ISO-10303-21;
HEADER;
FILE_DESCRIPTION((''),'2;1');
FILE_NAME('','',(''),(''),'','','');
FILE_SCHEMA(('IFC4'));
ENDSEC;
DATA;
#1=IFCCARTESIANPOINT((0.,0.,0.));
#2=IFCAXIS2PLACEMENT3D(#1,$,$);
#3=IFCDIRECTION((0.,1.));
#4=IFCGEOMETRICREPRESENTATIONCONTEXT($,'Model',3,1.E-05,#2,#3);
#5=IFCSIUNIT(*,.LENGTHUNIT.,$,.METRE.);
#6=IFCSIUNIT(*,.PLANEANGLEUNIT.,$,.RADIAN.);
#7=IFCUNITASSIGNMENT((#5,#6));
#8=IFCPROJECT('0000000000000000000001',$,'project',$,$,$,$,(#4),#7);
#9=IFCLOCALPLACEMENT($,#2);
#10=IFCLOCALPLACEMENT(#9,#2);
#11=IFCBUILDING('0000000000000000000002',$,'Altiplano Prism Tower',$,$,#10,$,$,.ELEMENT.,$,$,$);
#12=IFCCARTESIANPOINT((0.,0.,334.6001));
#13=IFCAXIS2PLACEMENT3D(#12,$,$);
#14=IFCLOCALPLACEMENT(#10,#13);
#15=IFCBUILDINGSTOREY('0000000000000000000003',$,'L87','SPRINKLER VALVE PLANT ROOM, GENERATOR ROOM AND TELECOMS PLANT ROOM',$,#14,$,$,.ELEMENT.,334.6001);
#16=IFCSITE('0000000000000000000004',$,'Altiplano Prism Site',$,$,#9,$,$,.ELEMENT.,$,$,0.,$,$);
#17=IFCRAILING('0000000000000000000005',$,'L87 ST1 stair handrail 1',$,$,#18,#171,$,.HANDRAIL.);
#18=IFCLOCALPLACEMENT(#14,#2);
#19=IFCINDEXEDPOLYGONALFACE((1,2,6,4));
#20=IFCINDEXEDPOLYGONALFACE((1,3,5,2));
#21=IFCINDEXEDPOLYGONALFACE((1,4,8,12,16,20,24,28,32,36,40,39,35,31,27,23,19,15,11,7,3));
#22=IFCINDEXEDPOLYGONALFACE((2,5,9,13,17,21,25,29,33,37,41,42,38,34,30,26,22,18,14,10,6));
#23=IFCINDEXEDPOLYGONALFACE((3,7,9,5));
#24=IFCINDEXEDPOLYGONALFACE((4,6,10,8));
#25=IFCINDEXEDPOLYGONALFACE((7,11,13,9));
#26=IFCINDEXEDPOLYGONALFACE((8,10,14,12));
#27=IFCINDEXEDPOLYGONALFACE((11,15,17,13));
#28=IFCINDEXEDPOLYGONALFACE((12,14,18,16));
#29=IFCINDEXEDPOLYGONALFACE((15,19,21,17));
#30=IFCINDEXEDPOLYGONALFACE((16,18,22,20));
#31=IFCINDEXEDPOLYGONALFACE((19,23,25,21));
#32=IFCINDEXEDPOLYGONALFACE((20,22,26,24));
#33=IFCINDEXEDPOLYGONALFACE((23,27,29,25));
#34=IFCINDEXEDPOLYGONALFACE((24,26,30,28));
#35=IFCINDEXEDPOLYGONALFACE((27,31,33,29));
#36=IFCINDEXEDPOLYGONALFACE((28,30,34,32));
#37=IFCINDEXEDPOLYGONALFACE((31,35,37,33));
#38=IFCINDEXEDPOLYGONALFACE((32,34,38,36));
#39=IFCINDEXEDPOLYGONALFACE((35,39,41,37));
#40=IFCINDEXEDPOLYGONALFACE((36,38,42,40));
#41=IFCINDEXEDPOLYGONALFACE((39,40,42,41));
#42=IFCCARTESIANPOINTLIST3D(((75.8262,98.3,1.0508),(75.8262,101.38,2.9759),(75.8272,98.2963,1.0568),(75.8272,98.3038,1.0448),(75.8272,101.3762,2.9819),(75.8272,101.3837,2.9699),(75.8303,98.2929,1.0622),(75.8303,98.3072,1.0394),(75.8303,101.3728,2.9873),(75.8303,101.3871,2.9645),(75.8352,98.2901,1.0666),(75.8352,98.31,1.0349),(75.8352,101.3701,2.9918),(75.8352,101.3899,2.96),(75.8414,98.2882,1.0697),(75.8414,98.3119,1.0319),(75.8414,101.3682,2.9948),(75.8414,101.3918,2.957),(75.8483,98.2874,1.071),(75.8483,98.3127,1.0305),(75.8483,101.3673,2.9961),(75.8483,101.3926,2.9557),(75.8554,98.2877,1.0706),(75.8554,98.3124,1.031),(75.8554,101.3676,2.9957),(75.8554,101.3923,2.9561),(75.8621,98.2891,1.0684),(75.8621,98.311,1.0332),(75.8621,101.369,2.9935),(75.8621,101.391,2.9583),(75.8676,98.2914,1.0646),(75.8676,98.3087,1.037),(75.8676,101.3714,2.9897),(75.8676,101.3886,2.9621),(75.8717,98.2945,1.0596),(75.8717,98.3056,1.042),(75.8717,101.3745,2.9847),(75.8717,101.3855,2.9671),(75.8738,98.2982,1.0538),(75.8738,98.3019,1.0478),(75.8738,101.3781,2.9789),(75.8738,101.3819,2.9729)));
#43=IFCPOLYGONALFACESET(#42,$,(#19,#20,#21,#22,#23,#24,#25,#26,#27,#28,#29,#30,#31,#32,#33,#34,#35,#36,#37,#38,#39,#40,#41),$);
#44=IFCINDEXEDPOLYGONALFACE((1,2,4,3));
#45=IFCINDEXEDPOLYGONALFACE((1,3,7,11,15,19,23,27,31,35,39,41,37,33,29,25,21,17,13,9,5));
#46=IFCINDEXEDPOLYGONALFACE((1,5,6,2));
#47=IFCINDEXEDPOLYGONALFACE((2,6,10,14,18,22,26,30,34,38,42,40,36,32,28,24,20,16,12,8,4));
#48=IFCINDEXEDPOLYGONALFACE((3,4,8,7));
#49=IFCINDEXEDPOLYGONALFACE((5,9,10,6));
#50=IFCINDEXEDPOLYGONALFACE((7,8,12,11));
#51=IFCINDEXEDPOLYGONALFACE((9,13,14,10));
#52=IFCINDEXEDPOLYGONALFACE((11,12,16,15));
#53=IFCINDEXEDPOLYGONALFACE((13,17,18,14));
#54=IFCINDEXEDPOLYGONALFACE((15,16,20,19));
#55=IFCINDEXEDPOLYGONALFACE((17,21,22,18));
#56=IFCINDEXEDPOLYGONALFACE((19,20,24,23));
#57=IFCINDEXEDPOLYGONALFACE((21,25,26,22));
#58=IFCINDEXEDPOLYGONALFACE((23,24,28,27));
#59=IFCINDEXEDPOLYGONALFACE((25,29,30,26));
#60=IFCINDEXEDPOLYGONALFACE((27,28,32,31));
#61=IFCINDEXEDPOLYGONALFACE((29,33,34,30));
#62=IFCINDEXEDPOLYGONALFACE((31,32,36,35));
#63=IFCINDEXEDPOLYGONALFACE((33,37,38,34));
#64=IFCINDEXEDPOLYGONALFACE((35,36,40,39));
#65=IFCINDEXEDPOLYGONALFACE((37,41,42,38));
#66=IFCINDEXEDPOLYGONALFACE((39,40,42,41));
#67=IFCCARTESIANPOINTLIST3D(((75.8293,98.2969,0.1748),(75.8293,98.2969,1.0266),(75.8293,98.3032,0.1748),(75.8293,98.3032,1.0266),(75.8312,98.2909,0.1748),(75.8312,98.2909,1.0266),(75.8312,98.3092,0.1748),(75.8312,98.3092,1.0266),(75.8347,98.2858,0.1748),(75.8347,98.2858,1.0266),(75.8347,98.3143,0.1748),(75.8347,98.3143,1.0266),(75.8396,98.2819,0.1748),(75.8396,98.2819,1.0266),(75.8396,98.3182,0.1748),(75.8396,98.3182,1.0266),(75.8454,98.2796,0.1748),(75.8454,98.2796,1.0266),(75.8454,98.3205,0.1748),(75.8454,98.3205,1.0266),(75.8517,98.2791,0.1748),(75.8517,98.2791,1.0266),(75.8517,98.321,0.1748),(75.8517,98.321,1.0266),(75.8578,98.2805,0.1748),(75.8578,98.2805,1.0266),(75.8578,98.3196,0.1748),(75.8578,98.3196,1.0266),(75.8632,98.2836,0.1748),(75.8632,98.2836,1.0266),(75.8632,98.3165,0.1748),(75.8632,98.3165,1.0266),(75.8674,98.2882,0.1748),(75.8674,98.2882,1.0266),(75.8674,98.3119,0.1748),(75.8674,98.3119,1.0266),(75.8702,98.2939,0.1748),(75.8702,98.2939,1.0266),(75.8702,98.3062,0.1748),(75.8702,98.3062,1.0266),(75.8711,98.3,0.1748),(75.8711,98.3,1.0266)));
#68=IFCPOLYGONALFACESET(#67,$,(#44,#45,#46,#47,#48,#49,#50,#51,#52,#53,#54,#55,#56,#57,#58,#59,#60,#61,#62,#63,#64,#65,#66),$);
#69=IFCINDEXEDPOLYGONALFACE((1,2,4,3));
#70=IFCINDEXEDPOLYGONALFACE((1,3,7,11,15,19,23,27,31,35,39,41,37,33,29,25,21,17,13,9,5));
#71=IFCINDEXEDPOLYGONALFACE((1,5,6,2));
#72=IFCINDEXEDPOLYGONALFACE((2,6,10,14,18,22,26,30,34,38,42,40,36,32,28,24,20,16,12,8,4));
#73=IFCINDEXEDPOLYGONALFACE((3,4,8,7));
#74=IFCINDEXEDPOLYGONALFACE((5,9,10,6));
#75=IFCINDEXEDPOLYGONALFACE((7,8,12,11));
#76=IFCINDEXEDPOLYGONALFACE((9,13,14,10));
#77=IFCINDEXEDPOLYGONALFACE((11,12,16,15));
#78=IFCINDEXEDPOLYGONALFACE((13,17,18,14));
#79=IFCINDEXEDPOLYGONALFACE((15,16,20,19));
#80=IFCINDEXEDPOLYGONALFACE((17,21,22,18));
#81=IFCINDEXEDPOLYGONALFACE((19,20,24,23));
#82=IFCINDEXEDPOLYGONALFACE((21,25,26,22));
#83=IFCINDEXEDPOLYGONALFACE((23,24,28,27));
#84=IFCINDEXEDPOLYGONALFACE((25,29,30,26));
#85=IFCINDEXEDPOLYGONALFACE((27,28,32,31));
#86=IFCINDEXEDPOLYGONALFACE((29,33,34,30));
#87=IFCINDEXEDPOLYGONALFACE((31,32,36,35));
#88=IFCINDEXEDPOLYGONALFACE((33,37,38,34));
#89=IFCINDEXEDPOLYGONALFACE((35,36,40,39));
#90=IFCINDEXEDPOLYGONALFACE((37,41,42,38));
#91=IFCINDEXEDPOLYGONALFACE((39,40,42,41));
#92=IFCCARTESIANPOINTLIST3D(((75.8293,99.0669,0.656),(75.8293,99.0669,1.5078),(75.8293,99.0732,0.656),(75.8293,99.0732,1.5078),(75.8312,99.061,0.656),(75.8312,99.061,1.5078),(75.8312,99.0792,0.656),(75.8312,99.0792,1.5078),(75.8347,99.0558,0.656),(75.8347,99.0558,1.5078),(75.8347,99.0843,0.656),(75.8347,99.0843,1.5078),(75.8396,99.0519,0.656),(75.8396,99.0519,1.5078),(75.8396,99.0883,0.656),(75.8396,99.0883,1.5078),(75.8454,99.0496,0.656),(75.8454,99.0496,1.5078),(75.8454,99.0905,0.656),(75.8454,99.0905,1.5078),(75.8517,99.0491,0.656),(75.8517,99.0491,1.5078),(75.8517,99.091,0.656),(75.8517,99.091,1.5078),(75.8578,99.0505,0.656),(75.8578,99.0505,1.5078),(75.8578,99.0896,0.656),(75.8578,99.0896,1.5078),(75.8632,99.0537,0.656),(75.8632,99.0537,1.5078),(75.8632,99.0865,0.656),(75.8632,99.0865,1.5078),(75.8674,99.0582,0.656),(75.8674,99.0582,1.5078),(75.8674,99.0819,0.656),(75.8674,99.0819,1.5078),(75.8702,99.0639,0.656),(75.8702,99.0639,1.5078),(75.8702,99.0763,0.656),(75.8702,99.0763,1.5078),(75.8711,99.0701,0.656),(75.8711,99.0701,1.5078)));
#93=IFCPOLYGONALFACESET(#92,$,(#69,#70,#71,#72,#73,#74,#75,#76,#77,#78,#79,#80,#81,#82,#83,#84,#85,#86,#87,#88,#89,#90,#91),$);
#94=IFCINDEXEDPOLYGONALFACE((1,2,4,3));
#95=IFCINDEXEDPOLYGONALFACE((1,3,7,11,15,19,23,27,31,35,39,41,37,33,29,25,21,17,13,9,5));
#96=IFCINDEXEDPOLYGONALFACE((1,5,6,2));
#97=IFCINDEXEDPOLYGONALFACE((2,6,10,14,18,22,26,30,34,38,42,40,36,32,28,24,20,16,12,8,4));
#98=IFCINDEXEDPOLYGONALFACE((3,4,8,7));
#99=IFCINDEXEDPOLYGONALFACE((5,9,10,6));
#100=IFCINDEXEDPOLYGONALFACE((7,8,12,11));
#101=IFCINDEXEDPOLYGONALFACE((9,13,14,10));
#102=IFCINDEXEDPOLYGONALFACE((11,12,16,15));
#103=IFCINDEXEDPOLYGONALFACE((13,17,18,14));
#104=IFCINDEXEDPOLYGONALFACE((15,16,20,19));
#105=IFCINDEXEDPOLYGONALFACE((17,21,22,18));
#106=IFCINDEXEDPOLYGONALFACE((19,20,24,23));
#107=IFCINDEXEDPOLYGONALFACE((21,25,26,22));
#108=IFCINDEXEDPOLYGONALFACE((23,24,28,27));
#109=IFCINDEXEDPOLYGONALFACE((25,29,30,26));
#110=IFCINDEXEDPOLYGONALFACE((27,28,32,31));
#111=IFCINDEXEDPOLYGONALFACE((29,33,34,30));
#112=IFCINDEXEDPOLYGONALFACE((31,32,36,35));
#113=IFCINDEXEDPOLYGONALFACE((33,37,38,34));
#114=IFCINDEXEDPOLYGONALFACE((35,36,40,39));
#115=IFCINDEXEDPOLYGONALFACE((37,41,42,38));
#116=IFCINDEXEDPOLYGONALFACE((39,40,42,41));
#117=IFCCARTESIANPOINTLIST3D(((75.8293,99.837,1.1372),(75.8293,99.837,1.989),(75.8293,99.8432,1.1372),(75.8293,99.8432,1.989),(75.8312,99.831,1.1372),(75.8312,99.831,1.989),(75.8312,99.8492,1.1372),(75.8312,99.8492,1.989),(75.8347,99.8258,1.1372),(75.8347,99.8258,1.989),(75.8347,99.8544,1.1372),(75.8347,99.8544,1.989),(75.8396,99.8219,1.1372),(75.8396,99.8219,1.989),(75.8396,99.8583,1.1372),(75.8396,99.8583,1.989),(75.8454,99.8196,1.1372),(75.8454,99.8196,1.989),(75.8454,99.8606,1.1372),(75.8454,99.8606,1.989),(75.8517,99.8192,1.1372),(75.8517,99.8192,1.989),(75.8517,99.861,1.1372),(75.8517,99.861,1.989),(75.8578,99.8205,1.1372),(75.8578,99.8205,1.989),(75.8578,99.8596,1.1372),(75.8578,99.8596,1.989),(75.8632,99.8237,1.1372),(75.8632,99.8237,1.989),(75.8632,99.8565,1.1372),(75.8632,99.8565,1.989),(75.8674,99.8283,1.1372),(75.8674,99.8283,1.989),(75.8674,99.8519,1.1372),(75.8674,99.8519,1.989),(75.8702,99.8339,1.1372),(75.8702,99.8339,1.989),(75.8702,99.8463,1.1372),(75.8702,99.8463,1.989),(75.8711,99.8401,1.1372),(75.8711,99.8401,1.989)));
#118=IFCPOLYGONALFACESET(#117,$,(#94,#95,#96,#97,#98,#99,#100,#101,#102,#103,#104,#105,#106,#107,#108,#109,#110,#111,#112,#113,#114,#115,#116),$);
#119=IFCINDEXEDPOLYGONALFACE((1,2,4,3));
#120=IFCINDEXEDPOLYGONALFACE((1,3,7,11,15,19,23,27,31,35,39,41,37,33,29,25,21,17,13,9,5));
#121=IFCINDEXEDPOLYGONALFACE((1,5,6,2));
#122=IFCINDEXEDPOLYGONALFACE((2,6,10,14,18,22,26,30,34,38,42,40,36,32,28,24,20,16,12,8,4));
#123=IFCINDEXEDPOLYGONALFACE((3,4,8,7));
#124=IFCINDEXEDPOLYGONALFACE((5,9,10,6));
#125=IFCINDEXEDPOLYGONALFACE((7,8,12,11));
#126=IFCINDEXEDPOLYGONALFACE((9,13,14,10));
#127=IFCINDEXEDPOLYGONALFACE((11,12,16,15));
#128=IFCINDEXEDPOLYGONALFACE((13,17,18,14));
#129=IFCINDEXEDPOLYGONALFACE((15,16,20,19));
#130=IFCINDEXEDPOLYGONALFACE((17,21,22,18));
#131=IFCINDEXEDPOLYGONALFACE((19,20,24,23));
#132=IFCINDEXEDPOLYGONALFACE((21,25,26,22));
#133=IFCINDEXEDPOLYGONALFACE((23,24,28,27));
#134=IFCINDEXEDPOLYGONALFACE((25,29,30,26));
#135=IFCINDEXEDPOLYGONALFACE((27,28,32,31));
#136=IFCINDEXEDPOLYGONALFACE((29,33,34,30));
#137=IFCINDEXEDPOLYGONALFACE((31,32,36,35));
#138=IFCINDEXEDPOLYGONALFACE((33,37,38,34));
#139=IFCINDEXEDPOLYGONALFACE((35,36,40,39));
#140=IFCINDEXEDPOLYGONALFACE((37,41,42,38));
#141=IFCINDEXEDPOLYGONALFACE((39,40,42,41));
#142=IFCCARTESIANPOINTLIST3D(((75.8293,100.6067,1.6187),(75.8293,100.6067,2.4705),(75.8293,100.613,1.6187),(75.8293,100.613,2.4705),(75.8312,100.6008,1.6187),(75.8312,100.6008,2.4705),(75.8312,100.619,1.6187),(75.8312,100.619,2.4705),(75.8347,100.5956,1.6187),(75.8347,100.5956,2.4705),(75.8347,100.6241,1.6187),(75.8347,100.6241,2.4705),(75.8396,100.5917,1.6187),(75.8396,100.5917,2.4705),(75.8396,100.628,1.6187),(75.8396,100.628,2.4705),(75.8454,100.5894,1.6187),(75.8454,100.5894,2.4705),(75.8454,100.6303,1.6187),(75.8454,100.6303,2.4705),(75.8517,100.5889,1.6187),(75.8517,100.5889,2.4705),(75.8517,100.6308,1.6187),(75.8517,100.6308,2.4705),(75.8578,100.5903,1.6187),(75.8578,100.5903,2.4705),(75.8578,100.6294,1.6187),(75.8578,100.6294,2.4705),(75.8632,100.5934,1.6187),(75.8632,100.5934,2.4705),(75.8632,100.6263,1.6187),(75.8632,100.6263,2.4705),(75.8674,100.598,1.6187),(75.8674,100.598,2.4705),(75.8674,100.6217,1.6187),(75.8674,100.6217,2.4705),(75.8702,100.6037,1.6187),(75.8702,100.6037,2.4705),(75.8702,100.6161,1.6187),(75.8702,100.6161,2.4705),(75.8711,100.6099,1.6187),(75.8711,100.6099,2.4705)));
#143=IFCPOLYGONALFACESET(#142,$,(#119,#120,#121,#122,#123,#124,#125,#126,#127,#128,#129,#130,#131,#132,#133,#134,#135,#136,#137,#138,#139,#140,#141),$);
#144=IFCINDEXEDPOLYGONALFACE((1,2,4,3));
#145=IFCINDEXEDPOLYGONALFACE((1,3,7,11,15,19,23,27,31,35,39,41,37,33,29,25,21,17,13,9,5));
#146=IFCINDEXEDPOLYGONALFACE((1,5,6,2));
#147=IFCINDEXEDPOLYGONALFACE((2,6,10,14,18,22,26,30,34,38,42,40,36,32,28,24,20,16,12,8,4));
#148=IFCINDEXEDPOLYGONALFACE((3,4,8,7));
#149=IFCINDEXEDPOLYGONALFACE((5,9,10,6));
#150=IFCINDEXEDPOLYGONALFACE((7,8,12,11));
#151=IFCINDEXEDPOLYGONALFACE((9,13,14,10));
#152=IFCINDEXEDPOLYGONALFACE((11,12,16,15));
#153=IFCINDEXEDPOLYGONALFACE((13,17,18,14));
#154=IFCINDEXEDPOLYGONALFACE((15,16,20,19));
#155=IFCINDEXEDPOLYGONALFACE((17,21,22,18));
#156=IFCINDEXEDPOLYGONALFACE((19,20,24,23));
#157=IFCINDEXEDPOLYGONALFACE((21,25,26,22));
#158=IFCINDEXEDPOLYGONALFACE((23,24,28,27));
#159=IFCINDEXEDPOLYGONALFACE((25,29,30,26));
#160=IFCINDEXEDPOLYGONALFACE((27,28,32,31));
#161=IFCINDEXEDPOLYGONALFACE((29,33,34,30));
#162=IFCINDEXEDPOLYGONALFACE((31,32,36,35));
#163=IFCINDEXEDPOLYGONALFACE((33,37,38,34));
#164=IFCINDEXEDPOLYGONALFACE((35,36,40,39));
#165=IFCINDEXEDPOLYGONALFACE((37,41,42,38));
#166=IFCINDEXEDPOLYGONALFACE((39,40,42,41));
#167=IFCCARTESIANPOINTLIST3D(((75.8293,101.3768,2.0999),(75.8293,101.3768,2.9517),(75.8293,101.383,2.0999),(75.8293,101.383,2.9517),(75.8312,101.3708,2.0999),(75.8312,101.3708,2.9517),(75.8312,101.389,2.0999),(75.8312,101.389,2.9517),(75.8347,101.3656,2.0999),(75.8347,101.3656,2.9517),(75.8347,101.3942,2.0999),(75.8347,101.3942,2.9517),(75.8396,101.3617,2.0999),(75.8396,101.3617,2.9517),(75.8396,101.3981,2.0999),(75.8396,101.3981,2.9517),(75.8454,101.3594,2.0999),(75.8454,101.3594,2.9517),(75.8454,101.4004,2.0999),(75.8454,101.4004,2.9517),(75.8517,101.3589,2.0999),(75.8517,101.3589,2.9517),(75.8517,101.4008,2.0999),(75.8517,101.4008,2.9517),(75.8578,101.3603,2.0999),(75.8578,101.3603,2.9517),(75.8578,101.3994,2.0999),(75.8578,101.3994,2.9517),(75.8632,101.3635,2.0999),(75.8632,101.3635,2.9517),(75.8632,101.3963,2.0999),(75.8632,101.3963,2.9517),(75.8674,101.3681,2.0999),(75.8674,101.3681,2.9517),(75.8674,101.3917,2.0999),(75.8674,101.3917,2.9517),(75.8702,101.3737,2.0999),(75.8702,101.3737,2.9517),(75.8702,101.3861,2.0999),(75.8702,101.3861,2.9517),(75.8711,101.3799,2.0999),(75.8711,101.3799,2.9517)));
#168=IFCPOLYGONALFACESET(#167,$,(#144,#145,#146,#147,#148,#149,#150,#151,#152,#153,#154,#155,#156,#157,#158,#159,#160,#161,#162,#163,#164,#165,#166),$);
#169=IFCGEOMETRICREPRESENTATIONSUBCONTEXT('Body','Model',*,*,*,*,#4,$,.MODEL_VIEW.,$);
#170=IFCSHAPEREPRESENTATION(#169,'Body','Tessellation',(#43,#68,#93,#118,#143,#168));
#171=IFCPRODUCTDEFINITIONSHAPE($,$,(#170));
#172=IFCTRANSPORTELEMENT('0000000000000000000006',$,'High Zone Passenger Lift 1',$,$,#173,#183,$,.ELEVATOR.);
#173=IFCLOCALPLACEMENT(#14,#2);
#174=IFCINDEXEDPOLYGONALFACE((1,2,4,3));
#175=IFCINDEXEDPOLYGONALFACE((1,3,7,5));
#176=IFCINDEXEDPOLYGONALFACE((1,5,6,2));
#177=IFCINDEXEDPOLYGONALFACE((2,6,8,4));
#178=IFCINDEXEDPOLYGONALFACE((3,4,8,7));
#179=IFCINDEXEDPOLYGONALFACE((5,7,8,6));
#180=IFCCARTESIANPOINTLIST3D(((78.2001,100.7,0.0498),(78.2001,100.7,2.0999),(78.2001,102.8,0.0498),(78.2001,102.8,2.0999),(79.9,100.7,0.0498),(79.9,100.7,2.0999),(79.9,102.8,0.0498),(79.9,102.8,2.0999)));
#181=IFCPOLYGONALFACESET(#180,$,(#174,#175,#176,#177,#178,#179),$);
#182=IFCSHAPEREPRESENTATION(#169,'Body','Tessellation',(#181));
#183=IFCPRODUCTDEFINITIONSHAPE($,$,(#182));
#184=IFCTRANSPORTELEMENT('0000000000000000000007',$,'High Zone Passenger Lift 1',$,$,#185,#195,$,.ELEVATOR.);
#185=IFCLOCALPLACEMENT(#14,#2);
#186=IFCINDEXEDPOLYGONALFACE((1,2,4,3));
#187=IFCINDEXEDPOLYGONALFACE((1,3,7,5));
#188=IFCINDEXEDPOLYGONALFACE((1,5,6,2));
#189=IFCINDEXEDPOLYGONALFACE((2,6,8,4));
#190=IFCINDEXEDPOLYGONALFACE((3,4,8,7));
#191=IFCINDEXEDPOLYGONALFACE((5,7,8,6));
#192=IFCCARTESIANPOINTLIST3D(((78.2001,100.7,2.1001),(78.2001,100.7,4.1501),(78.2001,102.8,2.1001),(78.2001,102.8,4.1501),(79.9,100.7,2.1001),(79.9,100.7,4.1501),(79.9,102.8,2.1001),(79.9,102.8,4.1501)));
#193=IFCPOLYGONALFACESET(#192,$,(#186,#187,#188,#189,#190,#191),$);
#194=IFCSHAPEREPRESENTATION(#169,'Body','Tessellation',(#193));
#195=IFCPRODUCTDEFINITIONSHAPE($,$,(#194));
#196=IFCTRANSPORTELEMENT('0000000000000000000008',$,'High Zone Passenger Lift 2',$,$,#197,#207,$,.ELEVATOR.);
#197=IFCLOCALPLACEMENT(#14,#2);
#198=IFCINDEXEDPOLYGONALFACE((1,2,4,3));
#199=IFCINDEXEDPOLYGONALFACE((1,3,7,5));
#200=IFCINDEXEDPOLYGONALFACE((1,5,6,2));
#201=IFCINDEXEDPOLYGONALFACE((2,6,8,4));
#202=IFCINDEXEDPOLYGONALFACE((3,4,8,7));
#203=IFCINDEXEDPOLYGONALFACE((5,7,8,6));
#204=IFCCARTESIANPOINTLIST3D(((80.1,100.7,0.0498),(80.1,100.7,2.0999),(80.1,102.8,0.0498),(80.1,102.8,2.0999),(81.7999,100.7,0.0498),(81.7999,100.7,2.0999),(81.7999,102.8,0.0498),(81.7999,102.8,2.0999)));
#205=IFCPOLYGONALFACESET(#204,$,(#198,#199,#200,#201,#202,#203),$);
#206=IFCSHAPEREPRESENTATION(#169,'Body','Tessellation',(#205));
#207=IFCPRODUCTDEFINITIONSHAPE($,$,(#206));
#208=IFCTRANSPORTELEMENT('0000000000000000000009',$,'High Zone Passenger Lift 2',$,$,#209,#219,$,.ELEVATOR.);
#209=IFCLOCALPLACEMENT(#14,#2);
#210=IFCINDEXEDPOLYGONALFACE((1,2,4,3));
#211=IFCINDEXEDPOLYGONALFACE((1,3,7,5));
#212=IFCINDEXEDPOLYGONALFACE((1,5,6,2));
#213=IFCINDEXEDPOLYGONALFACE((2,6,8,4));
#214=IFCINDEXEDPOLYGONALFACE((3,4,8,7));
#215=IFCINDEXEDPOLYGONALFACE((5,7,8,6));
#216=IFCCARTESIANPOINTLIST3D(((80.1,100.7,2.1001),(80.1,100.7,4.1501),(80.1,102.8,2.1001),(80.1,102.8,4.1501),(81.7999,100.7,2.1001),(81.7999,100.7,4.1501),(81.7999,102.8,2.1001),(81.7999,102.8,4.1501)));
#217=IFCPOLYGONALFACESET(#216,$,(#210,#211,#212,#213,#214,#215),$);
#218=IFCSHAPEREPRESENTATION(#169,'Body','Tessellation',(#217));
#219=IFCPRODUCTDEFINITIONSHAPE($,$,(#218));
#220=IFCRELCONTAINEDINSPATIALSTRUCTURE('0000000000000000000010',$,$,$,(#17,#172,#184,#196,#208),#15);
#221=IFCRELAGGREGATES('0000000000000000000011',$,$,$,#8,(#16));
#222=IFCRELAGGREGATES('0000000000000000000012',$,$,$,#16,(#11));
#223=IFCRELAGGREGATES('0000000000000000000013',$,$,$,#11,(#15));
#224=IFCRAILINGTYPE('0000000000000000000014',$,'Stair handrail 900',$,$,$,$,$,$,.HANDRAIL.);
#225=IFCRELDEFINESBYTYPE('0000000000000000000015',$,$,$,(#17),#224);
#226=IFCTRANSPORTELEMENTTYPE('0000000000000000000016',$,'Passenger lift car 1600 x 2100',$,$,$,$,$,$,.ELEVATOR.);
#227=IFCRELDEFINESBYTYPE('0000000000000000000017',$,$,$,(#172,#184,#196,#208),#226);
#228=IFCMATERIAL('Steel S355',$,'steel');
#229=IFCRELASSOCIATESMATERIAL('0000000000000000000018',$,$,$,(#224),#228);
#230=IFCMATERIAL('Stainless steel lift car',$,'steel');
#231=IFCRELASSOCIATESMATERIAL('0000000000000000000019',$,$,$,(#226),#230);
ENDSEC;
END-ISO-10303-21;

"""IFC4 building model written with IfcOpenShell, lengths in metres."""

from ifc_helpers import new_model, si_unit, direction, frame, origin, origin_2d, place, context, subcontext, project, spatial, rectangle, circle, extrude, material, type_object, element, save


model = new_model("IFC4")

# Units and contexts
model_context = context("Model", 3, precision=1e-05, world=origin(), true_north=direction((0.0, 1.0)))
body_context = subcontext(model_context, "Body", "Model", "MODEL_VIEW")
ifc_project = project(units=[si_unit("LENGTHUNIT", "METRE"), si_unit("PLANEANGLEUNIT", "RADIAN")], contexts=[model_context])

# Site, building, storey
site_placement = place(None, origin())
site = spatial("IfcSite", under=ifc_project, at=site_placement, Name="Altiplano Prism Site", CompositionType="ELEMENT", RefElevation=0.0)
building_placement = place(site_placement, origin())
building = spatial("IfcBuilding", under=site, at=building_placement, Name="Altiplano Prism Tower", CompositionType="ELEMENT")
storey_placement = place(building_placement, frame((0.0, 0.0, 334.6001)))
storey = spatial("IfcBuildingStorey", under=building, at=storey_placement, Name="L87", Description="SPRINKLER VALVE PLANT ROOM, GENERATOR ROOM AND TELECOMS PLANT ROOM", CompositionType="ELEMENT", Elevation=334.6001)

# Railing
ifc_material_1 = material(Name="Steel S355", Category="steel")
railing_type_1 = type_object("IfcRailingType", Name="Stair handrail 900", PredefinedType="HANDRAIL", material=ifc_material_1)
railing_1_placement = place(storey_placement, frame((75.8501, 98.3, 0.1748)))
element("IfcRailing", 1, at=railing_1_placement, inside=storey, type_object=railing_type_1, Name="L87 ST1 stair handrail 1", PredefinedType="HANDRAIL", context=body_context, shape_type="SweptSolid", body=[
    extrude(circle(Radius=0.0239, at=origin_2d()), frame((0.0, 0.0, 0.876), z_axis=(0.0, 0.847979, 0.530029), x_axis=(-1.0, 0.0, 0.0)), (0.0, 0.0, 1.0), 3.6321),
    extrude(circle(Radius=0.021, at=origin_2d()), origin(), (0.0, 0.0, 1.0), 0.8518),
    extrude(circle(Radius=0.021, at=origin_2d()), frame((0.0, 0.77, 0.4812)), (0.0, 0.0, 1.0), 0.8518),
    extrude(circle(Radius=0.021, at=origin_2d()), frame((0.0, 1.54, 0.9624)), (0.0, 0.0, 1.0), 0.8518),
    extrude(circle(Radius=0.021, at=origin_2d()), frame((0.0, 2.3098, 1.4438)), (0.0, 0.0, 1.0), 0.8518),
    extrude(circle(Radius=0.021, at=origin_2d()), frame((0.0, 3.0798, 1.925)), (0.0, 0.0, 1.0), 0.8518),
])

# Transport elements
ifc_material_2 = material(Name="Stainless steel lift car", Category="steel")
transport_element_type = type_object("IfcTransportElementType", Name="Passenger lift car 1600 x 2100", PredefinedType="ELEVATOR", material=ifc_material_2)
for number, where, z_axis, x_axis, name in (
    (2, (79.05, 101.75, 0.0498), (0.0, 0.0, 1.0), (1.0, 0.0, 0.0), "High Zone Passenger Lift 1"),
    (3, (79.05, 101.75, 2.1001), (0.0, 0.0, 1.0), (1.0, 0.0, 0.0), "High Zone Passenger Lift 1"),
    (4, (80.95, 101.75, 0.0498), (0.0, 0.0, 1.0), (1.0, 0.0, 0.0), "High Zone Passenger Lift 2"),
    (5, (80.95, 101.75, 2.1001), (0.0, 0.0, 1.0), (1.0, 0.0, 0.0), "High Zone Passenger Lift 2"),
):
    element("IfcTransportElement", number, at=place(storey_placement, frame(where, z_axis=z_axis, x_axis=x_axis)), inside=storey, type_object=transport_element_type, Name=name, PredefinedType="ELEVATOR", context=body_context, shape_type="SweptSolid", body=[
        extrude(rectangle(XDim=1.7, YDim=2.1001, at=origin_2d()), origin(), (0.0, 0.0, 1.0), 2.05),
    ])

save(model, "model.ifc")
